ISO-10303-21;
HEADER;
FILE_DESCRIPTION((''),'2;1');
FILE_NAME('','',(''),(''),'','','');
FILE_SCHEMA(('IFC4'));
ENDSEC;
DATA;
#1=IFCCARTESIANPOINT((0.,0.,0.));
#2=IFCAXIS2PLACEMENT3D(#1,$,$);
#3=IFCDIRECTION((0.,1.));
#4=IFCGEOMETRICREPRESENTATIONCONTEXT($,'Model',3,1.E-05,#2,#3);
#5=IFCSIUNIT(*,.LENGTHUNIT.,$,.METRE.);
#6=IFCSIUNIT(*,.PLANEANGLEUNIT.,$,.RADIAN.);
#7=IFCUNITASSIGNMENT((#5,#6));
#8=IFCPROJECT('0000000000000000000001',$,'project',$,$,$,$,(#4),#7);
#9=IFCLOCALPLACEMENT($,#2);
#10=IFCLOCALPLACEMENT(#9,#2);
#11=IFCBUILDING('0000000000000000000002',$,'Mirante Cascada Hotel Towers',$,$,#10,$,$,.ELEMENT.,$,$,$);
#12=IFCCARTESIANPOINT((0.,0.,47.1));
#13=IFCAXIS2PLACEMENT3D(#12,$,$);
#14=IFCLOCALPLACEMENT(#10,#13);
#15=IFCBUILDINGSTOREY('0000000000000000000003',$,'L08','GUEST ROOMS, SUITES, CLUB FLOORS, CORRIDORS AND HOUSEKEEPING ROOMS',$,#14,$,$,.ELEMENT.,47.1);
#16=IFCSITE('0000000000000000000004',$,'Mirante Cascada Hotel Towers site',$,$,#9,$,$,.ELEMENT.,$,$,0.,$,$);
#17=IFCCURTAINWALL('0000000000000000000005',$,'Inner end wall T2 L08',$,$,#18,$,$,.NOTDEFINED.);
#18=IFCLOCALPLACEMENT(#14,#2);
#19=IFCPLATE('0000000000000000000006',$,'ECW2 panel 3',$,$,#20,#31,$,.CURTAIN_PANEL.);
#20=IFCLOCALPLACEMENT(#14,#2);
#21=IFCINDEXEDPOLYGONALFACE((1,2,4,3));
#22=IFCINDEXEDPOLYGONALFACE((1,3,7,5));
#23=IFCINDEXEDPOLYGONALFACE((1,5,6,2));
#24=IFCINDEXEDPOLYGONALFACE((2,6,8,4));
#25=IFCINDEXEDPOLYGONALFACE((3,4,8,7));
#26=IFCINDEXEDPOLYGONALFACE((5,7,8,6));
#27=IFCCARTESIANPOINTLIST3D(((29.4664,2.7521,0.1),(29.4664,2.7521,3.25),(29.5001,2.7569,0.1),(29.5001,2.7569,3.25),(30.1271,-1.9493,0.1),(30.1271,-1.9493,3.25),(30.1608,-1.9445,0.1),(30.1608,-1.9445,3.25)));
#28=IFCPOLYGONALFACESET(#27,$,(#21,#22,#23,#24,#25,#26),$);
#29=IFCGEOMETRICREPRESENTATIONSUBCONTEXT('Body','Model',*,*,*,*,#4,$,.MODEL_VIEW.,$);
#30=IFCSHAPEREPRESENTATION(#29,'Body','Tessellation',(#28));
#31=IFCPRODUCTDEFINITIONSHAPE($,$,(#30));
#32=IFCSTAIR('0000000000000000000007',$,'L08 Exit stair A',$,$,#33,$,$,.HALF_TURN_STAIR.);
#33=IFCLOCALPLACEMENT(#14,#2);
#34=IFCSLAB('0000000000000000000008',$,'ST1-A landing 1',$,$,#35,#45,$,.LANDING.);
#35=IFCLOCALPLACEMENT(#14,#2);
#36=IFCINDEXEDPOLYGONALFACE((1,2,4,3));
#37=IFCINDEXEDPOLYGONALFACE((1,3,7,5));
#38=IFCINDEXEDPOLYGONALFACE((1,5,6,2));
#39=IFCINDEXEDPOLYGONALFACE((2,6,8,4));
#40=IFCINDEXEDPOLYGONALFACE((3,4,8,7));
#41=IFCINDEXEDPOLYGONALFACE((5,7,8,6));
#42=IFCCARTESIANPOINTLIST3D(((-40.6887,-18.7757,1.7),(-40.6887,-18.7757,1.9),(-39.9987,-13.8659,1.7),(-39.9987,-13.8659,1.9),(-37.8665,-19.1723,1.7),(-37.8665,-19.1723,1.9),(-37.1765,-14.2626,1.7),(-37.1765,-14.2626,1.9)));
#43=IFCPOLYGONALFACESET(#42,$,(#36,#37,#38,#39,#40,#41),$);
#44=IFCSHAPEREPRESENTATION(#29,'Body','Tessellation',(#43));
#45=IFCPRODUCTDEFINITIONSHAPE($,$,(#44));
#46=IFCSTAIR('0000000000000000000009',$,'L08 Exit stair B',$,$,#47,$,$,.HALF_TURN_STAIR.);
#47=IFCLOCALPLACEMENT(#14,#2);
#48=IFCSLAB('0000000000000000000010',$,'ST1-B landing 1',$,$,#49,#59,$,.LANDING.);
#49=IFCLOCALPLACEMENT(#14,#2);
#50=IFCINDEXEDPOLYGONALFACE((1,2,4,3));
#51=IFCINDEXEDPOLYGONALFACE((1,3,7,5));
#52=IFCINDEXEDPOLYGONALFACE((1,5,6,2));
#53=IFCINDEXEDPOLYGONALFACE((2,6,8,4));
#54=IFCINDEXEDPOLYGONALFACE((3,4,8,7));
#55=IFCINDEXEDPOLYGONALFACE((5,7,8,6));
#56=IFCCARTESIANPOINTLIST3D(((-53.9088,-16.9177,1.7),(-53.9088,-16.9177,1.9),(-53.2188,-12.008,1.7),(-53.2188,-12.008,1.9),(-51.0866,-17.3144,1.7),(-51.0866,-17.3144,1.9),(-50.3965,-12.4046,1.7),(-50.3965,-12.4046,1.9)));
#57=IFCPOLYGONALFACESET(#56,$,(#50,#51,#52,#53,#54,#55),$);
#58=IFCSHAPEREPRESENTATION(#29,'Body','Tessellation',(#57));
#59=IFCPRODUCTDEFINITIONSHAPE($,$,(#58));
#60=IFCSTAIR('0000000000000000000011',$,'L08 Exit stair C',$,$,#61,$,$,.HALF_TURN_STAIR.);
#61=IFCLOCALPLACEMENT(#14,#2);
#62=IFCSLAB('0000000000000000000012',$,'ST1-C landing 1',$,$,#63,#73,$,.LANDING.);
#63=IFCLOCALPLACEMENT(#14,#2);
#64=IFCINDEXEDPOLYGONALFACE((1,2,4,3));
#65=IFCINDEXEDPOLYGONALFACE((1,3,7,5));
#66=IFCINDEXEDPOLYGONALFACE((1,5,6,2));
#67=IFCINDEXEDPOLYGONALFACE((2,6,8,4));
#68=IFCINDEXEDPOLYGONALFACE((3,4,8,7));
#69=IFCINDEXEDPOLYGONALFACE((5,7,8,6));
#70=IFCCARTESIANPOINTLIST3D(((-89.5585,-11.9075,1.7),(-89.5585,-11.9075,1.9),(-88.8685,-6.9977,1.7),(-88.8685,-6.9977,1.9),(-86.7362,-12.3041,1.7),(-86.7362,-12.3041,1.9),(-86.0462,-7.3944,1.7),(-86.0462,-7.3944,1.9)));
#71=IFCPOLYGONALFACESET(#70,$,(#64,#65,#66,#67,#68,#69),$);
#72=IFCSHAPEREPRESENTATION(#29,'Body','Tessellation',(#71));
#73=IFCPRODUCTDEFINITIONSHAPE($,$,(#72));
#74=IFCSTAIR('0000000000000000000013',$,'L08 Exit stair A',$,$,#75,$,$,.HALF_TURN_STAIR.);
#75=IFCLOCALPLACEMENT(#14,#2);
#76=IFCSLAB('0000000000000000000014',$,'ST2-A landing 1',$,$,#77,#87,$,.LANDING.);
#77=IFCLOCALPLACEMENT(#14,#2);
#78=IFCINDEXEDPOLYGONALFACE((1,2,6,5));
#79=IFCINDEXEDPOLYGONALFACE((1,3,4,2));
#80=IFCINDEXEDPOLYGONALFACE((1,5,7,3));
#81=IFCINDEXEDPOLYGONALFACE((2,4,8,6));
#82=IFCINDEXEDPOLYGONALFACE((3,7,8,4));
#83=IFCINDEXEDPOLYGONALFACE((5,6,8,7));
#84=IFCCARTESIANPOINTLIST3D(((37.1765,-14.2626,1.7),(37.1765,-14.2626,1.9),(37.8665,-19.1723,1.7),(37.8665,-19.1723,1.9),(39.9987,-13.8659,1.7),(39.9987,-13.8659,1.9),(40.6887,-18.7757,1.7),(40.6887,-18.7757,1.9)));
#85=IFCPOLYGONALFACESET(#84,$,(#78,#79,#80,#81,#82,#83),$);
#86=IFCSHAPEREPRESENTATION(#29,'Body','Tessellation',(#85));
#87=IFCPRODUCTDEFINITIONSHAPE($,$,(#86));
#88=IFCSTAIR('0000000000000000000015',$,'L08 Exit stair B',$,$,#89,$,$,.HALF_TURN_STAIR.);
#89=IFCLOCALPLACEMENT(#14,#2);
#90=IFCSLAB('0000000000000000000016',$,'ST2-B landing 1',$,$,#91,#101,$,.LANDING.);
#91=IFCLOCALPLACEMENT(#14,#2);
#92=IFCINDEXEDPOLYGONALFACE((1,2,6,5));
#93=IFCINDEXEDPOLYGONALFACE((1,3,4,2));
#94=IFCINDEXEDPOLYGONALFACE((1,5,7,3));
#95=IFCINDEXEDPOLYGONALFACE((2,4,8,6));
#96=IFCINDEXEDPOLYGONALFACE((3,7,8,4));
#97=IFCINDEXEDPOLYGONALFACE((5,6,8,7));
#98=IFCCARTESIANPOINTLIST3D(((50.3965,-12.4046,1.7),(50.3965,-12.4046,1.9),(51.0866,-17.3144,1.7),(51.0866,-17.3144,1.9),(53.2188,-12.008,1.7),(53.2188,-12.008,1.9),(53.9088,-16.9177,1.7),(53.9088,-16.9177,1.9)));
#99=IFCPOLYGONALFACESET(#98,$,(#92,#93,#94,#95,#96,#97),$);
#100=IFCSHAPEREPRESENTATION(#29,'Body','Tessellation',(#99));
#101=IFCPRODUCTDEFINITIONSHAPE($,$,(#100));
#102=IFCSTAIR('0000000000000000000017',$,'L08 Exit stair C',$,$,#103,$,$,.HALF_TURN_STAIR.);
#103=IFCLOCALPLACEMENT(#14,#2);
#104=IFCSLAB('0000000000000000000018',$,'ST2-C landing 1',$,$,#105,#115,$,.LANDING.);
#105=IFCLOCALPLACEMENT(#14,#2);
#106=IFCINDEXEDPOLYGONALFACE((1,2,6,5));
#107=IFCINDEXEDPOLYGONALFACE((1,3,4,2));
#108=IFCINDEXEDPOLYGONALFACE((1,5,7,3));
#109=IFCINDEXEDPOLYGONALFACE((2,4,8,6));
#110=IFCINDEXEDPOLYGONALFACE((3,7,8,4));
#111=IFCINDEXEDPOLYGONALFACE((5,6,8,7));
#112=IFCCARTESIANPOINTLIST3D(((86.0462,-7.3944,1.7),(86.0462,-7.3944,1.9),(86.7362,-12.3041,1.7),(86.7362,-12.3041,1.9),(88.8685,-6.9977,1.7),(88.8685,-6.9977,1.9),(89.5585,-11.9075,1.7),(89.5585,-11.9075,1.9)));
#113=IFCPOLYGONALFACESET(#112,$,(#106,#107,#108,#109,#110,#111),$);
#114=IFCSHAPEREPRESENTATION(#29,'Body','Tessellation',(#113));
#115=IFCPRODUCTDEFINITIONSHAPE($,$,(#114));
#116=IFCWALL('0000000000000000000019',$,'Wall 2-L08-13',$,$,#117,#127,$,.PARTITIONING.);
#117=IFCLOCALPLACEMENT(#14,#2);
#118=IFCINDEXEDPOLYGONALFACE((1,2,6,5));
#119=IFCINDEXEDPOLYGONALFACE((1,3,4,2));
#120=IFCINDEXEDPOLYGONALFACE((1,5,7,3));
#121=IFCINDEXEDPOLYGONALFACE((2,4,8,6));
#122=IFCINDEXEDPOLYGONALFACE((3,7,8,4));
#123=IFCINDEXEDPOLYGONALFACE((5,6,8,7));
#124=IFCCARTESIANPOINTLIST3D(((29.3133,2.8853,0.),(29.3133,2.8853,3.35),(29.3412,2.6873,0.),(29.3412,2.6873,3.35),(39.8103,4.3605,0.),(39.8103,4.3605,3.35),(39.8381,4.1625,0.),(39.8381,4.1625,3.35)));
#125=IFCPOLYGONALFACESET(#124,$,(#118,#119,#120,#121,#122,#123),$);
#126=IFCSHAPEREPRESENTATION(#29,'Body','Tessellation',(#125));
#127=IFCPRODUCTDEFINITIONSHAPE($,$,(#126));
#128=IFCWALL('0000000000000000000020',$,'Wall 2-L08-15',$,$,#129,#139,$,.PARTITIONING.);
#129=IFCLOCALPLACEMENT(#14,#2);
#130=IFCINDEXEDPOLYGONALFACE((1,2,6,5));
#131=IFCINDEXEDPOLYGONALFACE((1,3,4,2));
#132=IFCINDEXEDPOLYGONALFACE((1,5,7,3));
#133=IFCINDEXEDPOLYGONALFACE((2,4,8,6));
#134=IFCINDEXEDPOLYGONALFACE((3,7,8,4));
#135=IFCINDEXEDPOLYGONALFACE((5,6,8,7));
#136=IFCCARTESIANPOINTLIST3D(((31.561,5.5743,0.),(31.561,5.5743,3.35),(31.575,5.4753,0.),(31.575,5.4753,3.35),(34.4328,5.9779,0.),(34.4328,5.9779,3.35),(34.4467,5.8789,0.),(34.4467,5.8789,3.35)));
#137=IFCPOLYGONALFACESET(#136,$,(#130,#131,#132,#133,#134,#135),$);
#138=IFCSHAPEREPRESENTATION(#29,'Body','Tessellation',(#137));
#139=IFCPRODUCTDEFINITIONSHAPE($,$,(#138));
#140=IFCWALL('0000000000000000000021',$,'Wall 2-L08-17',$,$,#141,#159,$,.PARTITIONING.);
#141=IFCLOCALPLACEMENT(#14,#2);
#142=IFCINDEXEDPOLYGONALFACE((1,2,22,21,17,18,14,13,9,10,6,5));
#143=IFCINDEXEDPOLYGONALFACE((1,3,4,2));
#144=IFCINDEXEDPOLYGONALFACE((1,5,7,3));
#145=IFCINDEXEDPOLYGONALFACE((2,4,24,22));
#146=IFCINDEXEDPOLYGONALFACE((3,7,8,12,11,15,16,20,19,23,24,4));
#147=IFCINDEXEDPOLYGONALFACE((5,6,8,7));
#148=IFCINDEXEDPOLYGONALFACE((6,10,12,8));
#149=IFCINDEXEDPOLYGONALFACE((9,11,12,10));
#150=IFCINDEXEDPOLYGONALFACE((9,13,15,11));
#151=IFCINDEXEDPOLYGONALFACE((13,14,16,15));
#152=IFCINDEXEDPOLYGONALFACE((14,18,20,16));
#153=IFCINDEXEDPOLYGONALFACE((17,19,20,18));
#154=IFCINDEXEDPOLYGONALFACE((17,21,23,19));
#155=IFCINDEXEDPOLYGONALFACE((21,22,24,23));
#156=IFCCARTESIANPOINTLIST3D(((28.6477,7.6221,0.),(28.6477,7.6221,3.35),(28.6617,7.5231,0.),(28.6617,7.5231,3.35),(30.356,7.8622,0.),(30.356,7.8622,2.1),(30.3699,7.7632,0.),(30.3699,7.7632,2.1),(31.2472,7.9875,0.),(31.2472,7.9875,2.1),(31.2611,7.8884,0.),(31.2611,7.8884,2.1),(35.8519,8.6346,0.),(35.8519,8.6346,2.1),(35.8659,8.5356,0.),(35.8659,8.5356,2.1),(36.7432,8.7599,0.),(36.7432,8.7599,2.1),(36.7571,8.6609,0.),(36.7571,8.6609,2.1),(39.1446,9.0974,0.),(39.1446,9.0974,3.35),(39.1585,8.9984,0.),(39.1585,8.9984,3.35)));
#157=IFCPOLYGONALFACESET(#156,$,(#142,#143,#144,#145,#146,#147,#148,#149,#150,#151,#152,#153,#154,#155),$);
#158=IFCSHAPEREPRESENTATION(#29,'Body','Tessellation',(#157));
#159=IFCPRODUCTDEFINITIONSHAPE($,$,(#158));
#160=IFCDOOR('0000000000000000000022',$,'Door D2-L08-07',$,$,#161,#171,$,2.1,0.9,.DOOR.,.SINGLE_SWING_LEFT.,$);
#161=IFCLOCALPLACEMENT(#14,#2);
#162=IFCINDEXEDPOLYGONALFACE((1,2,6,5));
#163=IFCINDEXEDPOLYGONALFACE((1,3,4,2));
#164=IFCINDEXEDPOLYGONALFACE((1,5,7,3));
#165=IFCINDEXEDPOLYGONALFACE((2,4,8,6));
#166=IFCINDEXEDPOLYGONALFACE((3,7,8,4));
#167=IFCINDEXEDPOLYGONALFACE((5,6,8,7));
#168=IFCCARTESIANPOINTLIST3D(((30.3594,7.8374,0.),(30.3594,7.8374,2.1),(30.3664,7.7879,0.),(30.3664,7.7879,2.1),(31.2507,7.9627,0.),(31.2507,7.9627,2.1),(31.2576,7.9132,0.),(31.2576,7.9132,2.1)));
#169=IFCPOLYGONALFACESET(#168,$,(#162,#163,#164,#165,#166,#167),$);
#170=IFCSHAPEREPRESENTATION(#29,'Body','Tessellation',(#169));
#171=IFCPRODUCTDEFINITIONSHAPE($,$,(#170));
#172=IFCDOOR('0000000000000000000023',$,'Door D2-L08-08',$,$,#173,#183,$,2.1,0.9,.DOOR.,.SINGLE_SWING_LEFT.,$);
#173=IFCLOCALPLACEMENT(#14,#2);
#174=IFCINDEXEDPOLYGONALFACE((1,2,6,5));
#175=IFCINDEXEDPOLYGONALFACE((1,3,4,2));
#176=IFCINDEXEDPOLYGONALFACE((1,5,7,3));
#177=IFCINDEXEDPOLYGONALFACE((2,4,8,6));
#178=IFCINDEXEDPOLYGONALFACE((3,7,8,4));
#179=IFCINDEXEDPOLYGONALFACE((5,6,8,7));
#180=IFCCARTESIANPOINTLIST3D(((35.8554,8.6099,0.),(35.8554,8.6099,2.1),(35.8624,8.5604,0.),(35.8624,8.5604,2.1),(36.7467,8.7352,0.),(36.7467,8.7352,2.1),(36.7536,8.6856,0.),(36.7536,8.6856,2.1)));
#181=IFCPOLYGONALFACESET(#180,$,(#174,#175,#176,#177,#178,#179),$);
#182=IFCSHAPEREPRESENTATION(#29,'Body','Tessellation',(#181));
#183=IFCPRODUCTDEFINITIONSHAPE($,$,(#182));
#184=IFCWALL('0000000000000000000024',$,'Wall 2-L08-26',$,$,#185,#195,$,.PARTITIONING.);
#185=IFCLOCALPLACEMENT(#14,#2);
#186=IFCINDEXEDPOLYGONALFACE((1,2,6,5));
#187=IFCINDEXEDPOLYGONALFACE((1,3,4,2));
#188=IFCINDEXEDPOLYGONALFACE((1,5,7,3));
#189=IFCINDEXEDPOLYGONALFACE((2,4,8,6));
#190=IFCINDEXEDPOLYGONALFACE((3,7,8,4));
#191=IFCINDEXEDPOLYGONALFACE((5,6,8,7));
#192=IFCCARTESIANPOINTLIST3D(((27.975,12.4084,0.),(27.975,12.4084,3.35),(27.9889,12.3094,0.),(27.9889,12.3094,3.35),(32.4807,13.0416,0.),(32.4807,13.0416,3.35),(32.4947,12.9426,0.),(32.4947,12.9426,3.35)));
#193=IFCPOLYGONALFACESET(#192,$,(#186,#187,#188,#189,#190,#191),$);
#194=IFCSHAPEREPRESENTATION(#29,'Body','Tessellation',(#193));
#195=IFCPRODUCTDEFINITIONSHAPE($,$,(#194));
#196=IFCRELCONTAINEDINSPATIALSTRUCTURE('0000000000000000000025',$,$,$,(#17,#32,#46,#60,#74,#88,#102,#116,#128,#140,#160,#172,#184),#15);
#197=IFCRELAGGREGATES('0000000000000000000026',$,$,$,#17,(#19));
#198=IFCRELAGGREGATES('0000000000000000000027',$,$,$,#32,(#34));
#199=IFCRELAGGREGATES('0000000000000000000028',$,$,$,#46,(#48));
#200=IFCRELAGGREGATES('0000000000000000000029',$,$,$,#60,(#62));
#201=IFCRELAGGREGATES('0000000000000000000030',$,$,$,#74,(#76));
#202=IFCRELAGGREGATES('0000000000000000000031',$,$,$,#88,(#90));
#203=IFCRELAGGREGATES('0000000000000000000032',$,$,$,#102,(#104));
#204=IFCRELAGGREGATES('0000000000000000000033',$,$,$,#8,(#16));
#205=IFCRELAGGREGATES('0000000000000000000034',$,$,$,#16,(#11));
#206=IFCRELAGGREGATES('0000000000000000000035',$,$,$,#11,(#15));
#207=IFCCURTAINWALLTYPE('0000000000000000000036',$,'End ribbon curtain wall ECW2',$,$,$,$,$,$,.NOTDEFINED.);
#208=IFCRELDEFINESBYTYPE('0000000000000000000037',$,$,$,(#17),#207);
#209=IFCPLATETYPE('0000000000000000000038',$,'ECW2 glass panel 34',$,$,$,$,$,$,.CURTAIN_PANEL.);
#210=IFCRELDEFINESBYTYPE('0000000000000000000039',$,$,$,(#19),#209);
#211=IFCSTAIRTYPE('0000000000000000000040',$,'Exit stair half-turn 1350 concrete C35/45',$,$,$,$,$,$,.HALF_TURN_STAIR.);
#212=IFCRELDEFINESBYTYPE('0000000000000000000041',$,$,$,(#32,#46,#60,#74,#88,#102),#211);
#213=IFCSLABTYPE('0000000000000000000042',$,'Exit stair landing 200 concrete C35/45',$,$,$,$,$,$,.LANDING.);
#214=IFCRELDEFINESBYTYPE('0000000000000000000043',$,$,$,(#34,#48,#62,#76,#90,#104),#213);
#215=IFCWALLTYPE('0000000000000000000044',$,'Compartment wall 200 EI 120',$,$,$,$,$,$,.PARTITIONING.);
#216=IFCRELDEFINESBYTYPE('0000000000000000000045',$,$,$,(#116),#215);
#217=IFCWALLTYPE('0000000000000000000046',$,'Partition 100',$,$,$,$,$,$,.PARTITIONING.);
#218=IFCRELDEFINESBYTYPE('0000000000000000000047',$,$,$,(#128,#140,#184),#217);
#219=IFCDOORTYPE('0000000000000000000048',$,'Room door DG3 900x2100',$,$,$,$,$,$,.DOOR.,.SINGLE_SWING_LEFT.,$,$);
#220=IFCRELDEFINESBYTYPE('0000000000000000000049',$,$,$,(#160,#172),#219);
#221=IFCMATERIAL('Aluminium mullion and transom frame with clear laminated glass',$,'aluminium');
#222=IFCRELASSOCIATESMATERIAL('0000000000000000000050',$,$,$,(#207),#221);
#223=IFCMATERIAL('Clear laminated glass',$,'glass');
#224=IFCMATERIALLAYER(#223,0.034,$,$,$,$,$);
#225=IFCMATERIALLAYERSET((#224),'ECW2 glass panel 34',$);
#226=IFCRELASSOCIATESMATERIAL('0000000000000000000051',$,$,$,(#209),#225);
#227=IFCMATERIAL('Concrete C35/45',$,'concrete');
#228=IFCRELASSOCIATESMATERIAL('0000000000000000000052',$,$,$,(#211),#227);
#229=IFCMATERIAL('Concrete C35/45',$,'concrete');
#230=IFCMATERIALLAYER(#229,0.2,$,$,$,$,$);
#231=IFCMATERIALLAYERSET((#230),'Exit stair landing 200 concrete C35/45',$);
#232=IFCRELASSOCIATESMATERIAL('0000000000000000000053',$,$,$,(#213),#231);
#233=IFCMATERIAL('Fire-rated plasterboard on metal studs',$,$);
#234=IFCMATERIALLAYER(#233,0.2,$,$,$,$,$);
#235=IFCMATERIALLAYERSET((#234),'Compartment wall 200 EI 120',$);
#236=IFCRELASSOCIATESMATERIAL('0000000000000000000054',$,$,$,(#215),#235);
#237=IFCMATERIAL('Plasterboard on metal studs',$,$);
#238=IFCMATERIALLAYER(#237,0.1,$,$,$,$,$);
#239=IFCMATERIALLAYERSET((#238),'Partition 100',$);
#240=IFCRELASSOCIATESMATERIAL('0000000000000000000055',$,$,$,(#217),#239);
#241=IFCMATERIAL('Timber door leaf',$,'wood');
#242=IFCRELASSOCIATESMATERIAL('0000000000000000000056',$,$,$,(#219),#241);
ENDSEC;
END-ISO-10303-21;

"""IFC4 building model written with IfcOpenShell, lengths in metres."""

from ifc_helpers import new_model, si_unit, direction, frame, frame_2d, origin, origin_2d, place, context, subcontext, project, spatial, polyline, rectangle, outline, extrude, material, layer, layer_set, type_object, element, fill, aggregate, save


model = new_model("IFC4")

# Units and contexts
model_context = context("Model", 3, precision=1e-05, world=origin(), true_north=direction((0.0, 1.0)))
body_context = subcontext(model_context, "Body", "Model", "MODEL_VIEW")
ifc_project = project(units=[si_unit("LENGTHUNIT", "METRE"), si_unit("PLANEANGLEUNIT", "RADIAN")], contexts=[model_context])

# Site, building, storey
site_placement = place(None, origin())
site = spatial("IfcSite", under=ifc_project, at=site_placement, Name="Mirante Cascada Hotel Towers site", CompositionType="ELEMENT", RefElevation=0.0)
building_placement = place(site_placement, origin())
building = spatial("IfcBuilding", under=site, at=building_placement, Name="Mirante Cascada Hotel Towers", CompositionType="ELEMENT")
storey_placement = place(building_placement, frame((0.0, 0.0, 47.1)))
storey = spatial("IfcBuildingStorey", under=building, at=storey_placement, Name="L08", Description="GUEST ROOMS, SUITES, CLUB FLOORS, CORRIDORS AND HOUSEKEEPING ROOMS", CompositionType="ELEMENT", Elevation=47.1)

# Curtain wall
ifc_material_1 = material(Name="Aluminium mullion and transom frame with clear laminated glass", Category="aluminium")
curtain_wall_type_1 = type_object("IfcCurtainWallType", Name="End ribbon curtain wall ECW2", PredefinedType="NOTDEFINED", material=ifc_material_1)
curtain_wall_1_placement = place(storey_placement, origin())
curtain_wall_1 = element("IfcCurtainWall", 1, at=curtain_wall_1_placement, inside=storey, type_object=curtain_wall_type_1, Name="Inner end wall T2 L08", PredefinedType="NOTDEFINED")

# Plate
ifc_material_2 = material(Name="Clear laminated glass", Category="glass")
ifc_layer_1 = layer(ifc_material_2, 0.034)
ifc_layer_set_1 = layer_set([ifc_layer_1], Name="ECW2 glass panel 34")
plate_type_1 = type_object("IfcPlateType", Name="ECW2 glass panel 34", PredefinedType="CURTAIN_PANEL", material=ifc_layer_set_1)
plate_1_placement = place(storey_placement, frame((29.8136, 0.4038, 0.1), z_axis=(0.0, 0.0, 1.0), x_axis=(0.139173, -0.990268, 0.0)))
plate_1 = element("IfcPlate", 2, at=plate_1_placement, type_object=plate_type_1, Name="ECW2 panel 3", PredefinedType="CURTAIN_PANEL", context=body_context, shape_type="SweptSolid", body=[
    extrude(rectangle(XDim=4.7476, YDim=0.034, at=origin_2d()), origin(), (0.0, 0.0, 1.0), 3.15),
])
aggregate(curtain_wall_1, [plate_1])

# Stairs, slabs
ifc_material_3 = material(Name="Concrete C35/45", Category="concrete")
stair_type = type_object("IfcStairType", Name="Exit stair half-turn 1350 concrete C35/45", PredefinedType="HALF_TURN_STAIR", material=ifc_material_3)
stair_1_placement = place(storey_placement, origin())
stair_1 = element("IfcStair", 3, at=stair_1_placement, inside=storey, type_object=stair_type, Name="L08 Exit stair A", PredefinedType="HALF_TURN_STAIR")
ifc_material_4 = material(Name="Concrete C35/45", Category="concrete")
ifc_layer_2 = layer(ifc_material_4, 0.2)
ifc_layer_set_2 = layer_set([ifc_layer_2], Name="Exit stair landing 200 concrete C35/45")
slab_type = type_object("IfcSlabType", Name="Exit stair landing 200 concrete C35/45", PredefinedType="LANDING", material=ifc_layer_set_2)
slab_1_placement = place(storey_placement, frame((0.0, 0.0, 1.7)))
slab_1 = element("IfcSlab", 4, at=slab_1_placement, type_object=slab_type, Name="ST1-A landing 1", PredefinedType="LANDING", context=body_context, shape_type="SweptSolid", body=[
    extrude(outline(polyline([(-39.9987, -13.8659), (-40.6887, -18.7757), (-37.8665, -19.1723), (-37.1765, -14.2626), (-39.9987, -13.8659)])), origin(), (0.0, 0.0, 1.0), 0.2),
])
aggregate(stair_1, [slab_1])
stair_2_placement = place(storey_placement, origin())
stair_2 = element("IfcStair", 5, at=stair_2_placement, inside=storey, type_object=stair_type, Name="L08 Exit stair B", PredefinedType="HALF_TURN_STAIR")
slab_2_placement = place(storey_placement, frame((0.0, 0.0, 1.7)))
slab_2 = element("IfcSlab", 6, at=slab_2_placement, type_object=slab_type, Name="ST1-B landing 1", PredefinedType="LANDING", context=body_context, shape_type="SweptSolid", body=[
    extrude(outline(polyline([(-53.2188, -12.008), (-53.9088, -16.9177), (-51.0866, -17.3144), (-50.3965, -12.4046), (-53.2188, -12.008)])), origin(), (0.0, 0.0, 1.0), 0.2),
])
aggregate(stair_2, [slab_2])
stair_3_placement = place(storey_placement, origin())
stair_3 = element("IfcStair", 7, at=stair_3_placement, inside=storey, type_object=stair_type, Name="L08 Exit stair C", PredefinedType="HALF_TURN_STAIR")
slab_3_placement = place(storey_placement, frame((0.0, 0.0, 1.7)))
slab_3 = element("IfcSlab", 8, at=slab_3_placement, type_object=slab_type, Name="ST1-C landing 1", PredefinedType="LANDING", context=body_context, shape_type="SweptSolid", body=[
    extrude(outline(polyline([(-88.8685, -6.9977), (-89.5585, -11.9075), (-86.7362, -12.3041), (-86.0462, -7.3944), (-88.8685, -6.9977)])), origin(), (0.0, 0.0, 1.0), 0.2),
])
aggregate(stair_3, [slab_3])
stair_4_placement = place(storey_placement, origin())
stair_4 = element("IfcStair", 9, at=stair_4_placement, inside=storey, type_object=stair_type, Name="L08 Exit stair A", PredefinedType="HALF_TURN_STAIR")
slab_4_placement = place(storey_placement, frame((0.0, 0.0, 1.7)))
slab_4 = element("IfcSlab", 10, at=slab_4_placement, type_object=slab_type, Name="ST2-A landing 1", PredefinedType="LANDING", context=body_context, shape_type="SweptSolid", body=[
    extrude(outline(polyline([(37.1765, -14.2626), (37.8665, -19.1723), (40.6887, -18.7757), (39.9987, -13.8659), (37.1765, -14.2626)])), origin(), (0.0, 0.0, 1.0), 0.2),
])
aggregate(stair_4, [slab_4])
stair_5_placement = place(storey_placement, origin())
stair_5 = element("IfcStair", 11, at=stair_5_placement, inside=storey, type_object=stair_type, Name="L08 Exit stair B", PredefinedType="HALF_TURN_STAIR")
slab_5_placement = place(storey_placement, frame((0.0, 0.0, 1.7)))
slab_5 = element("IfcSlab", 12, at=slab_5_placement, type_object=slab_type, Name="ST2-B landing 1", PredefinedType="LANDING", context=body_context, shape_type="SweptSolid", body=[
    extrude(outline(polyline([(50.3965, -12.4046), (51.0866, -17.3144), (53.9088, -16.9177), (53.2188, -12.008), (50.3965, -12.4046)])), origin(), (0.0, 0.0, 1.0), 0.2),
])
aggregate(stair_5, [slab_5])
stair_6_placement = place(storey_placement, origin())
stair_6 = element("IfcStair", 13, at=stair_6_placement, inside=storey, type_object=stair_type, Name="L08 Exit stair C", PredefinedType="HALF_TURN_STAIR")
slab_6_placement = place(storey_placement, frame((0.0, 0.0, 1.7)))
slab_6 = element("IfcSlab", 14, at=slab_6_placement, type_object=slab_type, Name="ST2-C landing 1", PredefinedType="LANDING", context=body_context, shape_type="SweptSolid", body=[
    extrude(outline(polyline([(86.0462, -7.3944), (86.7362, -12.3041), (89.5585, -11.9075), (88.8685, -6.9977), (86.0462, -7.3944)])), origin(), (0.0, 0.0, 1.0), 0.2),
])
aggregate(stair_6, [slab_6])

# Walls
ifc_material_5 = material(Name="Fire-rated plasterboard on metal studs")
ifc_layer_3 = layer(ifc_material_5, 0.2)
ifc_layer_set_3 = layer_set([ifc_layer_3], Name="Compartment wall 200 EI 120")
wall_type_1 = type_object("IfcWallType", Name="Compartment wall 200 EI 120", PredefinedType="PARTITIONING", material=ifc_layer_set_3)
wall_1_placement = place(storey_placement, frame((29.3273, 2.7863, 0.0), z_axis=(0.0, 0.0, 1.0), x_axis=(0.990269, 0.139169, 0.0)))
element("IfcWall", 15, at=wall_1_placement, inside=storey, type_object=wall_type_1, Name="Wall 2-L08-13", PredefinedType="PARTITIONING", context=body_context, shape_type="SweptSolid", body=[
    extrude(rectangle(XDim=10.6001, YDim=0.2, at=frame_2d((5.3, 0.0))), origin(), (0.0, 0.0, 1.0), 3.35),
])
ifc_material_6 = material(Name="Plasterboard on metal studs")
ifc_layer_4 = layer(ifc_material_6, 0.1)
ifc_layer_set_4 = layer_set([ifc_layer_4], Name="Partition 100")
wall_type_2 = type_object("IfcWallType", Name="Partition 100", PredefinedType="PARTITIONING", material=ifc_layer_set_4)
wall_2_placement = place(storey_placement, frame((31.568, 5.5248, 0.0), z_axis=(0.0, 0.0, 1.0), x_axis=(0.990268, 0.139171, 0.0)))
element("IfcWall", 16, at=wall_2_placement, inside=storey, type_object=wall_type_2, Name="Wall 2-L08-15", PredefinedType="PARTITIONING", context=body_context, shape_type="SweptSolid", body=[
    extrude(rectangle(XDim=2.9, YDim=0.1, at=frame_2d((1.45, 0.0))), origin(), (0.0, 0.0, 1.0), 3.35),
])

# Wall, openings, doors
wall_3_placement = place(storey_placement, frame((28.6547, 7.5726, 0.0), z_axis=(0.0, 0.0, 1.0), x_axis=(0.990267, 0.13918, 0.0)))
wall_3 = element("IfcWall", 17, at=wall_3_placement, inside=storey, type_object=wall_type_2, Name="Wall 2-L08-17", PredefinedType="PARTITIONING", context=body_context, shape_type="SweptSolid", body=[
    extrude(rectangle(XDim=10.6, YDim=0.1, at=frame_2d((5.3, 0.0))), origin(), (0.0, 0.0, 1.0), 3.35),
])
opening_1_placement = place(wall_3_placement, frame((1.725, 0.0, 0.0)))
opening_1 = element("IfcOpeningElement", 18, at=opening_1_placement, cuts=wall_3, PredefinedType="OPENING", context=body_context, shape_type="SweptSolid", body=[
    extrude(rectangle(XDim=0.9, YDim=2.1, at=frame_2d((0.45, 1.05))), frame((0.0, 0.05, 0.0), z_axis=(0.0, -1.0, 0.0), x_axis=(1.0, 0.0, 0.0)), (0.0, 0.0, 1.0), 0.1),
])
opening_2_placement = place(wall_3_placement, frame((7.275, 0.0, 0.0)))
opening_2 = element("IfcOpeningElement", 19, at=opening_2_placement, cuts=wall_3, PredefinedType="OPENING", context=body_context, shape_type="SweptSolid", body=[
    extrude(rectangle(XDim=0.9, YDim=2.1, at=frame_2d((0.45, 1.05))), frame((0.0, 0.05, 0.0), z_axis=(0.0, -1.0, 0.0), x_axis=(1.0, 0.0, 0.0)), (0.0, 0.0, 1.0), 0.1),
])
ifc_material_7 = material(Name="Timber door leaf", Category="wood")
door_type_1 = type_object("IfcDoorType", Name="Room door DG3 900x2100", OperationType="SINGLE_SWING_LEFT", PredefinedType="DOOR", material=ifc_material_7)
door_1_placement = place(opening_1_placement, origin())
door_1 = element("IfcDoor", 20, at=door_1_placement, inside=storey, type_object=door_type_1, Name="Door D2-L08-07", OperationType="SINGLE_SWING_LEFT", OverallHeight=2.1, OverallWidth=0.9, PredefinedType="DOOR", context=body_context, shape_type="SweptSolid", body=[
    extrude(rectangle(XDim=0.9, YDim=2.1, at=frame_2d((0.45, 1.05))), frame((0.0, 0.025, 0.0), z_axis=(0.0, -1.0, 0.0), x_axis=(1.0, 0.0, 0.0)), (0.0, 0.0, 1.0), 0.05),
])
fill(opening_1, door_1)
door_2_placement = place(opening_2_placement, origin())
door_2 = element("IfcDoor", 21, at=door_2_placement, inside=storey, type_object=door_type_1, Name="Door D2-L08-08", OperationType="SINGLE_SWING_LEFT", OverallHeight=2.1, OverallWidth=0.9, PredefinedType="DOOR", context=body_context, shape_type="SweptSolid", body=[
    extrude(rectangle(XDim=0.9, YDim=2.1, at=frame_2d((0.45, 1.05))), frame((0.0, 0.025, 0.0), z_axis=(0.0, -1.0, 0.0), x_axis=(1.0, 0.0, 0.0)), (0.0, 0.0, 1.0), 0.05),
])
fill(opening_2, door_2)

# Wall
wall_4_placement = place(storey_placement, frame((32.4877, 12.9921, 0.0), z_axis=(0.0, 0.0, 1.0), x_axis=(-0.990269, -0.139166, 0.0)))
element("IfcWall", 22, at=wall_4_placement, inside=storey, type_object=wall_type_2, Name="Wall 2-L08-26", PredefinedType="PARTITIONING", context=body_context, shape_type="SweptSolid", body=[
    extrude(rectangle(XDim=4.55, YDim=0.1, at=frame_2d((2.275, 0.0))), origin(), (0.0, 0.0, 1.0), 3.35),
])

save(model, "model.ifc")
